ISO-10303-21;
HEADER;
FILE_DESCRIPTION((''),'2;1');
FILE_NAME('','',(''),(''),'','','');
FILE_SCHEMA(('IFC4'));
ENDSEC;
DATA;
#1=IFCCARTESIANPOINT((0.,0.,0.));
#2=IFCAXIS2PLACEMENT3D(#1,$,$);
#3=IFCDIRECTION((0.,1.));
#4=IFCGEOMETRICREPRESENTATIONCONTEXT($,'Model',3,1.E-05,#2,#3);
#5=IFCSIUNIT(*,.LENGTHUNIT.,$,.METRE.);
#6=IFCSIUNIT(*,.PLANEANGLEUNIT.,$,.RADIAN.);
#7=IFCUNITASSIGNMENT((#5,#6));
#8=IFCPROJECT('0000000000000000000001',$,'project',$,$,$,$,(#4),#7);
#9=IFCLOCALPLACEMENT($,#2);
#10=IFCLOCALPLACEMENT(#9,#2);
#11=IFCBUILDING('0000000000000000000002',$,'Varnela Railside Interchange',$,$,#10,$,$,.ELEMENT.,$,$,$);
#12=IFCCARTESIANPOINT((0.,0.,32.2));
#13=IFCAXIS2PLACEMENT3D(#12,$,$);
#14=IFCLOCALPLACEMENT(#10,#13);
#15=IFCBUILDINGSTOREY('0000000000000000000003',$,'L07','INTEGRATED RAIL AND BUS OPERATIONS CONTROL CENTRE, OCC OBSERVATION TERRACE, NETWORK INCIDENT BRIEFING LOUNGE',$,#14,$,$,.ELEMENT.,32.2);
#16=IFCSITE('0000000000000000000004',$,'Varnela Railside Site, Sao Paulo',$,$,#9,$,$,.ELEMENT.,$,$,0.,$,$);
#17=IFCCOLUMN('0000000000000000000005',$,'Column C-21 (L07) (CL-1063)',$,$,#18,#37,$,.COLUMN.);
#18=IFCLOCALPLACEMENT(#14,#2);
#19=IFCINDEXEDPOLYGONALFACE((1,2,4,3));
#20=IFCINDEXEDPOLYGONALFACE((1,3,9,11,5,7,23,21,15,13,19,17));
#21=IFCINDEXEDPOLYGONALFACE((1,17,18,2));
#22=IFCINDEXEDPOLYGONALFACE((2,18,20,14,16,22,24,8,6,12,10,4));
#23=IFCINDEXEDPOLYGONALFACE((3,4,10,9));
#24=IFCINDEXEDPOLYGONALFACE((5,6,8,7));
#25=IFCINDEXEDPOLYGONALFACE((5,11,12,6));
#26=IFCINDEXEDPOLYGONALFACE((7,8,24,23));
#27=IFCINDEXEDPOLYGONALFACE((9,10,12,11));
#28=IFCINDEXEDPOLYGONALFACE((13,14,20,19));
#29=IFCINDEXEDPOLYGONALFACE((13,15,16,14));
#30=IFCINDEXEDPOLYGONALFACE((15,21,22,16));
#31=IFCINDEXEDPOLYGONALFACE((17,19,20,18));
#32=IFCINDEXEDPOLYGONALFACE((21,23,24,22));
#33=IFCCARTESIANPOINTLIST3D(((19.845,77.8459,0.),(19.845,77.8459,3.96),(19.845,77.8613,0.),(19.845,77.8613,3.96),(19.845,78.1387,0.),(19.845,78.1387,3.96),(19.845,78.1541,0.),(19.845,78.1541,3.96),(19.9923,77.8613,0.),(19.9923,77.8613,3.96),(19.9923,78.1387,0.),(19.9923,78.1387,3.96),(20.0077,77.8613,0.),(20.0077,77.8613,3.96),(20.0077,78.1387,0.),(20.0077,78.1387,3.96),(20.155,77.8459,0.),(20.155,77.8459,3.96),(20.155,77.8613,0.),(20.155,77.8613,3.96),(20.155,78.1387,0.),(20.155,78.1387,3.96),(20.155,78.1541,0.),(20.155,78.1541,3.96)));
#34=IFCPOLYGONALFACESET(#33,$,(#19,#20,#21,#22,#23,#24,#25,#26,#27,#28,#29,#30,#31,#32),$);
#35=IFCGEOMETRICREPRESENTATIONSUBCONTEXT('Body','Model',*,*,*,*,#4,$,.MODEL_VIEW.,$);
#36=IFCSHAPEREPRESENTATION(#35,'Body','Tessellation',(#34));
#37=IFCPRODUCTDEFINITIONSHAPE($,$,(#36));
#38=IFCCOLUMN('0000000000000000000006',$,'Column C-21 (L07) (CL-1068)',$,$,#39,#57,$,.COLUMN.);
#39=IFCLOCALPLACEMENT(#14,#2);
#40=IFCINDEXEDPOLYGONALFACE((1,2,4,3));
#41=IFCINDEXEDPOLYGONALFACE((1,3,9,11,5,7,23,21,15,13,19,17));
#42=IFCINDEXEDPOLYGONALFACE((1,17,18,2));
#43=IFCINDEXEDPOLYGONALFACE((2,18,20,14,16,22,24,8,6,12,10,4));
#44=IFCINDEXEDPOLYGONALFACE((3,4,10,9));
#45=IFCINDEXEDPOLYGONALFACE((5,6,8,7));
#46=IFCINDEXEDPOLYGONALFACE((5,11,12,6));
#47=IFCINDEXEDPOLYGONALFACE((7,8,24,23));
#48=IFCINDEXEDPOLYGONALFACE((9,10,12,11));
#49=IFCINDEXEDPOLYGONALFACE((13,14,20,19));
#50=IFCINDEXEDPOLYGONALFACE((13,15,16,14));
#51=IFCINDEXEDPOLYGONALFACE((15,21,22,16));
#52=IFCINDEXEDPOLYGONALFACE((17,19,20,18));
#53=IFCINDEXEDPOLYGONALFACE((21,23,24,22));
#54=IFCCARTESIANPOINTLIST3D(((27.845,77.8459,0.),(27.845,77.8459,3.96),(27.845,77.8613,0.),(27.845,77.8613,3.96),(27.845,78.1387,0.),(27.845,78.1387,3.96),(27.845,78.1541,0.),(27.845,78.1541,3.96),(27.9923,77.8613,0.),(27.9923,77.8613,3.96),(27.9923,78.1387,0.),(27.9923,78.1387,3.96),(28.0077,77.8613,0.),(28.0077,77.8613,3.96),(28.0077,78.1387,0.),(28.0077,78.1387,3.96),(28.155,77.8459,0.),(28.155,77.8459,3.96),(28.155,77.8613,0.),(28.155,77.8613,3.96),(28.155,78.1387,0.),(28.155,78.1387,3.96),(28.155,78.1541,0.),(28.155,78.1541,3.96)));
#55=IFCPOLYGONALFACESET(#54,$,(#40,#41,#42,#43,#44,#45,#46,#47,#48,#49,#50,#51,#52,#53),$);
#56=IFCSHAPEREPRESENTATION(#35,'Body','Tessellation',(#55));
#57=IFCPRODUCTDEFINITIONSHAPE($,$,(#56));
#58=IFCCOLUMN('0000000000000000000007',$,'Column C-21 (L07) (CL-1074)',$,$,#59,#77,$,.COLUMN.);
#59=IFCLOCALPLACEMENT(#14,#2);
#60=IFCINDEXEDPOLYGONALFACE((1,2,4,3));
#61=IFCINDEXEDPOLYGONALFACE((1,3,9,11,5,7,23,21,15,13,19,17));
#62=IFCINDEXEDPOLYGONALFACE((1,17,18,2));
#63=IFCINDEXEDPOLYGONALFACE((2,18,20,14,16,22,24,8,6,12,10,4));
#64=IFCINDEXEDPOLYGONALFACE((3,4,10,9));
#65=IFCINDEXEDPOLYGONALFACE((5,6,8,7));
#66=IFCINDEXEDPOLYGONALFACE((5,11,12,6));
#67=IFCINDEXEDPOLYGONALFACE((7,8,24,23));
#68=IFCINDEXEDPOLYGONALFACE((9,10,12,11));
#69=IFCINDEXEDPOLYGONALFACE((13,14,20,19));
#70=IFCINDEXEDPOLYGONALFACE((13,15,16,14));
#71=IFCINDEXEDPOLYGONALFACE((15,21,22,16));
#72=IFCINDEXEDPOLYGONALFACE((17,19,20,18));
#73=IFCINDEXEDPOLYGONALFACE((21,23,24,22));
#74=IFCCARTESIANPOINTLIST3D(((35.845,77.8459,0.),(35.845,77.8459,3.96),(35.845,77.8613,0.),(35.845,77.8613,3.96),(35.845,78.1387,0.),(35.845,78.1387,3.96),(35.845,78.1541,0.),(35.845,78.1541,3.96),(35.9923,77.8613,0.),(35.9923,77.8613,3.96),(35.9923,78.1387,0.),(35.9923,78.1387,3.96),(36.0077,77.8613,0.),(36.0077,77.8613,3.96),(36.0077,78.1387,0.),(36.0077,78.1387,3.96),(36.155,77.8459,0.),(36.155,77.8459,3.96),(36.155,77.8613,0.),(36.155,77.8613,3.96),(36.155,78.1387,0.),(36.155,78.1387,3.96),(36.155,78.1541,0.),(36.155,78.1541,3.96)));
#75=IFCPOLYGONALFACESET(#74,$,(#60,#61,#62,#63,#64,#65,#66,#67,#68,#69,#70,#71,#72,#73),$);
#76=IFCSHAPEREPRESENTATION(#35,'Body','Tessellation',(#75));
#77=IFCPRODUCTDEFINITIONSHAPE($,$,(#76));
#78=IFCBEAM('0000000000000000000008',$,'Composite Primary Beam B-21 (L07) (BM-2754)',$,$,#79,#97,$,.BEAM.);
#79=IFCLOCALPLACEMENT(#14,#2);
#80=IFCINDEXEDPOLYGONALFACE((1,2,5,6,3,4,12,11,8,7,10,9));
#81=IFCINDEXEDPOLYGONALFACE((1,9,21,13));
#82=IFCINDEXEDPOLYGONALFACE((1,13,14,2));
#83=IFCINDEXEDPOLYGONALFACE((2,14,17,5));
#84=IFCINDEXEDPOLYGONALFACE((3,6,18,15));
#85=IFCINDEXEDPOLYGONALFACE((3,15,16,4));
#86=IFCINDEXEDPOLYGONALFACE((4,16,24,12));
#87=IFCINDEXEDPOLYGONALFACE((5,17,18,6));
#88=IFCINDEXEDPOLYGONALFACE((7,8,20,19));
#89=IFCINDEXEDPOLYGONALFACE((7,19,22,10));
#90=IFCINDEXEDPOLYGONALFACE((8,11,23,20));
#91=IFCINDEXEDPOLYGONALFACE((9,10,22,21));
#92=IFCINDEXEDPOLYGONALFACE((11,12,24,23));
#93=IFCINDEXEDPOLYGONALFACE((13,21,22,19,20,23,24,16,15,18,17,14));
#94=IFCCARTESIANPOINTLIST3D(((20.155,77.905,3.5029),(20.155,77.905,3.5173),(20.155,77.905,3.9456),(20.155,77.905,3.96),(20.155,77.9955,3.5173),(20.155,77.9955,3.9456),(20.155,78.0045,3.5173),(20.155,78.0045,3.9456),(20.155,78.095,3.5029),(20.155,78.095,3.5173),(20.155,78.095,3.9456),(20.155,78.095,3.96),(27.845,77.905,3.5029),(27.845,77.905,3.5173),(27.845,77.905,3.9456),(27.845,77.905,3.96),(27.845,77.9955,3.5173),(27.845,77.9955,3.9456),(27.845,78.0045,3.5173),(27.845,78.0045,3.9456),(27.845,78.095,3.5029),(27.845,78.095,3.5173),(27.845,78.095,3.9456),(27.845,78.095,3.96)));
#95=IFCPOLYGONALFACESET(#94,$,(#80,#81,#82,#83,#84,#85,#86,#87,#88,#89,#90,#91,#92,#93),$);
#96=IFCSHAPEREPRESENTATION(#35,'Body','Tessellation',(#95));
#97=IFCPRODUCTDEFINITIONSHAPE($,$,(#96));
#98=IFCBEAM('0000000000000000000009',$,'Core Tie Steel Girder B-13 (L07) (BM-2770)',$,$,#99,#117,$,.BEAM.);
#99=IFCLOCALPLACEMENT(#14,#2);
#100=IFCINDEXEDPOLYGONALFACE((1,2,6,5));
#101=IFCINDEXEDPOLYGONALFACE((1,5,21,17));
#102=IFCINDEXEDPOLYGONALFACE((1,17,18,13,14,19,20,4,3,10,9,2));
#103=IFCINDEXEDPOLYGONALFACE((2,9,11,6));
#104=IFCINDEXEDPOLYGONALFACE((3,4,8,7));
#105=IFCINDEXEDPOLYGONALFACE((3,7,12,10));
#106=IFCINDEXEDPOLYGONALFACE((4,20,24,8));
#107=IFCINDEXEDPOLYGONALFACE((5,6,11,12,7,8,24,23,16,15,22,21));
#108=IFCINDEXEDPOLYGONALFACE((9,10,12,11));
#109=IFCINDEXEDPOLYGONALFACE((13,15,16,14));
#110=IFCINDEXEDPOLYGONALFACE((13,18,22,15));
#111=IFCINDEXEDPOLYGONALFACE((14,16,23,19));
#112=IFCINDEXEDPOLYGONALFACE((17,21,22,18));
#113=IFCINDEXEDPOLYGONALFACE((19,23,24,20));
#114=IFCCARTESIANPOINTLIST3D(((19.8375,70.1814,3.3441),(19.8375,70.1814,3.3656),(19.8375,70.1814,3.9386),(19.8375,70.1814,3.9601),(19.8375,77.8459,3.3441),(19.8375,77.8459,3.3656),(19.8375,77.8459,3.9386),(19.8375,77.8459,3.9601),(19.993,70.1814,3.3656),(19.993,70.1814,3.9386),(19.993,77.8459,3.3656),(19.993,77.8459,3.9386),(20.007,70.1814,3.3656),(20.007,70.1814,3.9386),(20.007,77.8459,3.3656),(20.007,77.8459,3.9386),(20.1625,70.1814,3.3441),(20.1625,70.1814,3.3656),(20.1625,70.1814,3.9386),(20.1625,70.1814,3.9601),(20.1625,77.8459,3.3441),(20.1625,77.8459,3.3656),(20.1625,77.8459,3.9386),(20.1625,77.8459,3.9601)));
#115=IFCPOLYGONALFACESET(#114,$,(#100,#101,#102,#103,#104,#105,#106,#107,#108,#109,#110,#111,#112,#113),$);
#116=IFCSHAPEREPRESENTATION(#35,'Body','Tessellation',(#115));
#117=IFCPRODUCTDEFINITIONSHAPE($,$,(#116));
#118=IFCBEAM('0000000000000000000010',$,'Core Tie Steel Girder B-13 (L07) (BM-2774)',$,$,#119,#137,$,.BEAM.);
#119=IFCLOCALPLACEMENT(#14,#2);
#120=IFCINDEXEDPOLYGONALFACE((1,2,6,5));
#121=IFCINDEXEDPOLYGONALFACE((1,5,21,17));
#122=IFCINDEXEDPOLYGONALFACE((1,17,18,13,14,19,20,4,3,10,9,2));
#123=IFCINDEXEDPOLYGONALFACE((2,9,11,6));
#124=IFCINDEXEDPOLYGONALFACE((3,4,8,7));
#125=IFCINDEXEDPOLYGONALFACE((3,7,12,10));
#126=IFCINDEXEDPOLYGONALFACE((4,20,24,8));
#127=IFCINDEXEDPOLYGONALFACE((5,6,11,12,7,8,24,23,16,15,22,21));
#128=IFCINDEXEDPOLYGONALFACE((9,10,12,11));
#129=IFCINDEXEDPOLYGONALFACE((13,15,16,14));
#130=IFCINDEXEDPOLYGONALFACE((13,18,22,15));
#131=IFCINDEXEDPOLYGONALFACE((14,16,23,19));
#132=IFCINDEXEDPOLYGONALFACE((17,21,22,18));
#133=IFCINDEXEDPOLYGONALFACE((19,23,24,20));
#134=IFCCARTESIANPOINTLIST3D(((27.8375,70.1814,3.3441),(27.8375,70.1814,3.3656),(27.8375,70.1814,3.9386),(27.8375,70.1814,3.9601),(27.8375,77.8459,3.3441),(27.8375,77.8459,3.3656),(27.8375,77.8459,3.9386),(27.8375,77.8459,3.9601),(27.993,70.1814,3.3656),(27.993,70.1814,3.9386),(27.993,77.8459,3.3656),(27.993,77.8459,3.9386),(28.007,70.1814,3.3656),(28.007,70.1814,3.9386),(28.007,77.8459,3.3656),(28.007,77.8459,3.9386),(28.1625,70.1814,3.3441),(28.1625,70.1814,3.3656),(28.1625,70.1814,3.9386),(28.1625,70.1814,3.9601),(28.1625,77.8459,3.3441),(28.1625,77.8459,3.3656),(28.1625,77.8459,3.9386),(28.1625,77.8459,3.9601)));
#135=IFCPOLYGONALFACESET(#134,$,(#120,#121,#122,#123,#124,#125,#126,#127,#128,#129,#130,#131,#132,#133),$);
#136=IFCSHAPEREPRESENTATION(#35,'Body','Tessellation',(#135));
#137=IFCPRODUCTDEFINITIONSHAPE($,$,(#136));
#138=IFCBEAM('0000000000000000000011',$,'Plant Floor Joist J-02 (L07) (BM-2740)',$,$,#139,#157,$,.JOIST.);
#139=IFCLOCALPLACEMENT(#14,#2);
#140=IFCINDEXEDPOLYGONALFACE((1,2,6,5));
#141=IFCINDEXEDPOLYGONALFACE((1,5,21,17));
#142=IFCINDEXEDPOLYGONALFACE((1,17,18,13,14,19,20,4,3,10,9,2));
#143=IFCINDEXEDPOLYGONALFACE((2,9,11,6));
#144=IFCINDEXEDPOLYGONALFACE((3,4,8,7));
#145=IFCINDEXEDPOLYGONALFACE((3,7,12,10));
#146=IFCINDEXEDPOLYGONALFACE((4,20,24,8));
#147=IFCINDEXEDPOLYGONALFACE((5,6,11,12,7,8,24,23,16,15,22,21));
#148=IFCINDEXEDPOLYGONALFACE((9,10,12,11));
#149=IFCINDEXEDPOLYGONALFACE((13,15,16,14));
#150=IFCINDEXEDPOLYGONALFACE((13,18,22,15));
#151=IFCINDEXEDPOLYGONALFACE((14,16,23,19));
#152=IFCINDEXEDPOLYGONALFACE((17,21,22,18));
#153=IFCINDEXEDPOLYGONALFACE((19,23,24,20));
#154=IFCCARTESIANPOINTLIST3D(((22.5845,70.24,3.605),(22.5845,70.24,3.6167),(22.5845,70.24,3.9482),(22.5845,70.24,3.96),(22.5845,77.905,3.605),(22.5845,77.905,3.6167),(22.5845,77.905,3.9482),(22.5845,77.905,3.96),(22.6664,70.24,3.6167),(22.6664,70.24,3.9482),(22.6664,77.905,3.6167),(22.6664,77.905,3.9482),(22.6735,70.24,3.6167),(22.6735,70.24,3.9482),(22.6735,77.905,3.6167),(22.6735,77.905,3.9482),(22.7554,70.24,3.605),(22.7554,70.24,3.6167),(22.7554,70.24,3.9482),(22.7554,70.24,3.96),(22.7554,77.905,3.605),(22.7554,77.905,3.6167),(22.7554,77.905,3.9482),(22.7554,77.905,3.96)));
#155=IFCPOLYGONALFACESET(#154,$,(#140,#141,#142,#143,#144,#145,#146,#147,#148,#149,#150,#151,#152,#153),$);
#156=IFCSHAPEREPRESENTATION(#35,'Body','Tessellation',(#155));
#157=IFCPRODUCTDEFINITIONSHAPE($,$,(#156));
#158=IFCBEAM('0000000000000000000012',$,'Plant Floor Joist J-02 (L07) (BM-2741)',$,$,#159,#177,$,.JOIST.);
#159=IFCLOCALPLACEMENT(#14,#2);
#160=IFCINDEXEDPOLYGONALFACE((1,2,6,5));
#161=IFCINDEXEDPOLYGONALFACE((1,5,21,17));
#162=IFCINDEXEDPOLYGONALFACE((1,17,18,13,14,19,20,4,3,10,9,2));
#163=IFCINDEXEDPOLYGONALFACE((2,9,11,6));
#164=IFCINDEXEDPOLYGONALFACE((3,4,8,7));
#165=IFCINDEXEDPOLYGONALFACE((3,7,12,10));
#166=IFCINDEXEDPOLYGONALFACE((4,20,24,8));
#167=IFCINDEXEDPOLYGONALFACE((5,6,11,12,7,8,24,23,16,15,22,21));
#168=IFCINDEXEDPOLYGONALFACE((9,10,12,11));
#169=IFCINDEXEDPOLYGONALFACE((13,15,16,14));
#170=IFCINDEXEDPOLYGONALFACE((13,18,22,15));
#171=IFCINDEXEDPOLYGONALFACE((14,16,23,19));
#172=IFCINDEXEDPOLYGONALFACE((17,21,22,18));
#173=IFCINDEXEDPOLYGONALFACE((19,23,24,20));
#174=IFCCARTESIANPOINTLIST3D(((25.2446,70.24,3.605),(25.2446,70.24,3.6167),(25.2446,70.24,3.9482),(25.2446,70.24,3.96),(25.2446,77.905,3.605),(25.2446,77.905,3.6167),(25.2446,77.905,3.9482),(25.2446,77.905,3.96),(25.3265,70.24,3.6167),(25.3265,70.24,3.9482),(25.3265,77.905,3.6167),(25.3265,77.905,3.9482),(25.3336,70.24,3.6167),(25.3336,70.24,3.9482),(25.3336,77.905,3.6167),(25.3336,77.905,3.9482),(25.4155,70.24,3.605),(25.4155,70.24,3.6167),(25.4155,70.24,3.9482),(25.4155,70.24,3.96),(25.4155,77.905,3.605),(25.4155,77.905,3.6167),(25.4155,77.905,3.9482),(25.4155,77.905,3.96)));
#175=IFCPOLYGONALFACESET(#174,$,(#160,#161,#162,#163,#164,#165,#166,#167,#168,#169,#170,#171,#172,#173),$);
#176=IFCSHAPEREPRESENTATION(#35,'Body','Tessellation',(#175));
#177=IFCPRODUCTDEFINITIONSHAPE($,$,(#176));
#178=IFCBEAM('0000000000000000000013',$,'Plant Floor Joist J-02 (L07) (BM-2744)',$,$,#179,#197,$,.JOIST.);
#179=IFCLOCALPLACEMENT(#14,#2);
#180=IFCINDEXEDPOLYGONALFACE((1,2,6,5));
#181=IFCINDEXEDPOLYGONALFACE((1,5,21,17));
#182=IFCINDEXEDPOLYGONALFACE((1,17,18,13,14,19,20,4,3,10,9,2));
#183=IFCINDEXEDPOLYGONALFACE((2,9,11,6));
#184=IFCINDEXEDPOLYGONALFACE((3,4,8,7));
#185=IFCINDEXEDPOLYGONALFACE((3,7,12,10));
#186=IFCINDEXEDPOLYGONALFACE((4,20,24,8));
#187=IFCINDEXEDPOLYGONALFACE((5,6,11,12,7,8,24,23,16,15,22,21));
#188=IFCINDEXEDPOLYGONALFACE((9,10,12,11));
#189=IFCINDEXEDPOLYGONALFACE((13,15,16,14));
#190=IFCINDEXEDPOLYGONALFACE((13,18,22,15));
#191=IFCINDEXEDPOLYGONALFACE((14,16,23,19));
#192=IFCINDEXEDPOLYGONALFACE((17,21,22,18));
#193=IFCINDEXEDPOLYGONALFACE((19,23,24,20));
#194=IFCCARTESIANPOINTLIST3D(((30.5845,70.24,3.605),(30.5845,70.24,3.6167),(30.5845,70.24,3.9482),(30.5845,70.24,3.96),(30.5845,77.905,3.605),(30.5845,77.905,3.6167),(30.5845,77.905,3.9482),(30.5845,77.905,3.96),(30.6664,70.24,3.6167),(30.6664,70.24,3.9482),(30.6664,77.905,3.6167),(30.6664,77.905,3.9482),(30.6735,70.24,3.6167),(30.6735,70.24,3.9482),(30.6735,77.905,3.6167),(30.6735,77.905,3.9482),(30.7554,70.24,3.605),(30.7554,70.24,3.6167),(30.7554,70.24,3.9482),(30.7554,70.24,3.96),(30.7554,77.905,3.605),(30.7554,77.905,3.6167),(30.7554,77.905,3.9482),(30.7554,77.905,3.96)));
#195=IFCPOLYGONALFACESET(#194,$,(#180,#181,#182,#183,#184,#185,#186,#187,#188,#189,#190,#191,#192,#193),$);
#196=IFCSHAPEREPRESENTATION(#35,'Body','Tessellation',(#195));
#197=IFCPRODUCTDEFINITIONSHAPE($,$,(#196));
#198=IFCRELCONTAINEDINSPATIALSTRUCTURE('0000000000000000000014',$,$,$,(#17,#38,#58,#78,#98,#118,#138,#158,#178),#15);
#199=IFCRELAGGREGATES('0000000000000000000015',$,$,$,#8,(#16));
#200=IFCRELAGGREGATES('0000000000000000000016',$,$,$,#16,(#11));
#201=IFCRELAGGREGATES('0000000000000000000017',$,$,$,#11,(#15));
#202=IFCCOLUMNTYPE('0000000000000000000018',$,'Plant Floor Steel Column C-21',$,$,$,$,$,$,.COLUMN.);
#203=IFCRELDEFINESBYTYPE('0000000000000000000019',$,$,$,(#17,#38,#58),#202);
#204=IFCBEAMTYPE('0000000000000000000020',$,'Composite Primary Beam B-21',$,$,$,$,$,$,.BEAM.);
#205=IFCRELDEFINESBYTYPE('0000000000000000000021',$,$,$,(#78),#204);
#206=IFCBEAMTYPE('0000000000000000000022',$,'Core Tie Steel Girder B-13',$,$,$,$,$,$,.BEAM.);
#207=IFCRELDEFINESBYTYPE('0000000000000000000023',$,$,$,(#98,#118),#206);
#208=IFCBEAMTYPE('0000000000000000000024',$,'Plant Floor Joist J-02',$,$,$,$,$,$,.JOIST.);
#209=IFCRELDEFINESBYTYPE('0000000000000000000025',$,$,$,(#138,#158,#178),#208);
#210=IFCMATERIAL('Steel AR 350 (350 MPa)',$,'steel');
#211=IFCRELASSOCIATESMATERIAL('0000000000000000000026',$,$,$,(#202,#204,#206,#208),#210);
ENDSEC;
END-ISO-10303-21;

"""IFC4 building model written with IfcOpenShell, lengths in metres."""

from ifc_helpers import new_model, si_unit, direction, frame, origin, origin_2d, place, context, subcontext, project, spatial, i_section, extrude, material, material_profile, profile_set, type_object, element, save


model = new_model("IFC4")

# Units and contexts
model_context = context("Model", 3, precision=1e-05, world=origin(), true_north=direction((0.0, 1.0)))
body_context = subcontext(model_context, "Body", "Model", "MODEL_VIEW")
ifc_project = project(units=[si_unit("LENGTHUNIT", "METRE"), si_unit("PLANEANGLEUNIT", "RADIAN")], contexts=[model_context])

# Site, building, storey
site_placement = place(None, origin())
site = spatial("IfcSite", under=ifc_project, at=site_placement, Name="Varnela Railside Site, Sao Paulo", CompositionType="ELEMENT", RefElevation=0.0)
building_placement = place(site_placement, origin())
building = spatial("IfcBuilding", under=site, at=building_placement, Name="Varnela Railside Interchange", CompositionType="ELEMENT")
storey_placement = place(building_placement, frame((0.0, 0.0, 32.2)))
storey = spatial("IfcBuildingStorey", under=building, at=storey_placement, Name="L07", Description="INTEGRATED RAIL AND BUS OPERATIONS CONTROL CENTRE, OCC OBSERVATION TERRACE, NETWORK INCIDENT BRIEFING LOUNGE", CompositionType="ELEMENT", Elevation=32.2)

# Columns
ifc_material_1 = material(Name="Steel AR 350 (350 MPa)", Category="steel")
ifc_material_profile_1 = material_profile(ifc_material_1, i_section(OverallWidth=0.3101, OverallDepth=0.3081, WebThickness=0.0154, FlangeThickness=0.0154, at=origin_2d()), Name="HP310x110")
ifc_profile_set_1 = profile_set([ifc_material_profile_1], Name="Steel AR 350 (350 MPa)")
column_type = type_object("IfcColumnType", Name="Plant Floor Steel Column C-21", PredefinedType="COLUMN", material=ifc_profile_set_1)
for number, where, z_axis, x_axis, name in (
    (1, (20.0, 78.0, 0.0), (0.0, 0.0, 1.0), (1.0, 0.0, 0.0), "Column C-21 (L07) (CL-1063)"),
    (2, (28.0, 78.0, 0.0), (0.0, 0.0, 1.0), (1.0, 0.0, 0.0), "Column C-21 (L07) (CL-1068)"),
    (3, (36.0, 78.0, 0.0), (0.0, 0.0, 1.0), (1.0, 0.0, 0.0), "Column C-21 (L07) (CL-1074)"),
):
    element("IfcColumn", number, at=place(storey_placement, frame(where, z_axis=z_axis, x_axis=x_axis)), inside=storey, type_object=column_type, Name=name, PredefinedType="COLUMN", context=body_context, shape_type="SweptSolid", body=[
        extrude(i_section(OverallWidth=0.3101, OverallDepth=0.3081, WebThickness=0.0154, FlangeThickness=0.0154, at=origin_2d()), origin(), (0.0, 0.0, 1.0), 3.96),
    ])

# Beams
ifc_material_profile_2 = material_profile(ifc_material_1, i_section(OverallWidth=0.1899, OverallDepth=0.457, WebThickness=0.009, FlangeThickness=0.0144, at=origin_2d()), Name="W460x74")
ifc_profile_set_2 = profile_set([ifc_material_profile_2], Name="Steel AR 350 (350 MPa)")
beam_type_1 = type_object("IfcBeamType", Name="Composite Primary Beam B-21", PredefinedType="BEAM", material=ifc_profile_set_2)
beam_1_placement = place(storey_placement, frame((20.155, 78.0, 3.7314), z_axis=(1.0, 0.0, 0.0), x_axis=(0.0, 1.0, 0.0)))
element("IfcBeam", 4, at=beam_1_placement, inside=storey, type_object=beam_type_1, Name="Composite Primary Beam B-21 (L07) (BM-2754)", PredefinedType="BEAM", context=body_context, shape_type="SweptSolid", body=[
    extrude(i_section(OverallWidth=0.1899, OverallDepth=0.457, WebThickness=0.009, FlangeThickness=0.0144, at=origin_2d()), origin(), (0.0, 0.0, 1.0), 7.6899),
])
ifc_material_profile_3 = material_profile(ifc_material_1, i_section(OverallWidth=0.325, OverallDepth=0.616, WebThickness=0.0139, FlangeThickness=0.0215, at=origin_2d()), Name="W610x174")
ifc_profile_set_3 = profile_set([ifc_material_profile_3], Name="Steel AR 350 (350 MPa)")
beam_type_2 = type_object("IfcBeamType", Name="Core Tie Steel Girder B-13", PredefinedType="BEAM", material=ifc_profile_set_3)
for number, where, z_axis, x_axis, name in (
    (5, (20.0, 70.1814, 3.6521), (0.0, 1.0, 0.0), (-1.0, 0.0, 0.0), "Core Tie Steel Girder B-13 (L07) (BM-2770)"),
    (6, (28.0, 70.1814, 3.6521), (0.0, 1.0, 0.0), (-1.0, 0.0, 0.0), "Core Tie Steel Girder B-13 (L07) (BM-2774)"),
):
    element("IfcBeam", number, at=place(storey_placement, frame(where, z_axis=z_axis, x_axis=x_axis)), inside=storey, type_object=beam_type_2, Name=name, PredefinedType="BEAM", context=body_context, shape_type="SweptSolid", body=[
        extrude(i_section(OverallWidth=0.325, OverallDepth=0.616, WebThickness=0.0139, FlangeThickness=0.0215, at=origin_2d()), origin(), (0.0, 0.0, 1.0), 7.6646),
    ])
ifc_material_profile_4 = material_profile(ifc_material_1, i_section(OverallWidth=0.1709, OverallDepth=0.355, WebThickness=0.0071, FlangeThickness=0.0117, at=origin_2d()), Name="W360x51")
ifc_profile_set_4 = profile_set([ifc_material_profile_4], Name="Steel AR 350 (350 MPa)")
beam_type_3 = type_object("IfcBeamType", Name="Plant Floor Joist J-02", PredefinedType="JOIST", material=ifc_profile_set_4)
for number, where, z_axis, x_axis, name in (
    (7, (22.6699, 70.24, 3.7825), (0.0, 1.0, 0.0), (-1.0, 0.0, 0.0), "Plant Floor Joist J-02 (L07) (BM-2740)"),
    (8, (25.3301, 70.24, 3.7825), (0.0, 1.0, 0.0), (-1.0, 0.0, 0.0), "Plant Floor Joist J-02 (L07) (BM-2741)"),
    (9, (30.6699, 70.24, 3.7825), (0.0, 1.0, 0.0), (-1.0, 0.0, 0.0), "Plant Floor Joist J-02 (L07) (BM-2744)"),
):
    element("IfcBeam", number, at=place(storey_placement, frame(where, z_axis=z_axis, x_axis=x_axis)), inside=storey, type_object=beam_type_3, Name=name, PredefinedType="JOIST", context=body_context, shape_type="SweptSolid", body=[
        extrude(i_section(OverallWidth=0.1709, OverallDepth=0.355, WebThickness=0.0071, FlangeThickness=0.0117, at=origin_2d()), origin(), (0.0, 0.0, 1.0), 7.665),
    ])

save(model, "model.ifc")
